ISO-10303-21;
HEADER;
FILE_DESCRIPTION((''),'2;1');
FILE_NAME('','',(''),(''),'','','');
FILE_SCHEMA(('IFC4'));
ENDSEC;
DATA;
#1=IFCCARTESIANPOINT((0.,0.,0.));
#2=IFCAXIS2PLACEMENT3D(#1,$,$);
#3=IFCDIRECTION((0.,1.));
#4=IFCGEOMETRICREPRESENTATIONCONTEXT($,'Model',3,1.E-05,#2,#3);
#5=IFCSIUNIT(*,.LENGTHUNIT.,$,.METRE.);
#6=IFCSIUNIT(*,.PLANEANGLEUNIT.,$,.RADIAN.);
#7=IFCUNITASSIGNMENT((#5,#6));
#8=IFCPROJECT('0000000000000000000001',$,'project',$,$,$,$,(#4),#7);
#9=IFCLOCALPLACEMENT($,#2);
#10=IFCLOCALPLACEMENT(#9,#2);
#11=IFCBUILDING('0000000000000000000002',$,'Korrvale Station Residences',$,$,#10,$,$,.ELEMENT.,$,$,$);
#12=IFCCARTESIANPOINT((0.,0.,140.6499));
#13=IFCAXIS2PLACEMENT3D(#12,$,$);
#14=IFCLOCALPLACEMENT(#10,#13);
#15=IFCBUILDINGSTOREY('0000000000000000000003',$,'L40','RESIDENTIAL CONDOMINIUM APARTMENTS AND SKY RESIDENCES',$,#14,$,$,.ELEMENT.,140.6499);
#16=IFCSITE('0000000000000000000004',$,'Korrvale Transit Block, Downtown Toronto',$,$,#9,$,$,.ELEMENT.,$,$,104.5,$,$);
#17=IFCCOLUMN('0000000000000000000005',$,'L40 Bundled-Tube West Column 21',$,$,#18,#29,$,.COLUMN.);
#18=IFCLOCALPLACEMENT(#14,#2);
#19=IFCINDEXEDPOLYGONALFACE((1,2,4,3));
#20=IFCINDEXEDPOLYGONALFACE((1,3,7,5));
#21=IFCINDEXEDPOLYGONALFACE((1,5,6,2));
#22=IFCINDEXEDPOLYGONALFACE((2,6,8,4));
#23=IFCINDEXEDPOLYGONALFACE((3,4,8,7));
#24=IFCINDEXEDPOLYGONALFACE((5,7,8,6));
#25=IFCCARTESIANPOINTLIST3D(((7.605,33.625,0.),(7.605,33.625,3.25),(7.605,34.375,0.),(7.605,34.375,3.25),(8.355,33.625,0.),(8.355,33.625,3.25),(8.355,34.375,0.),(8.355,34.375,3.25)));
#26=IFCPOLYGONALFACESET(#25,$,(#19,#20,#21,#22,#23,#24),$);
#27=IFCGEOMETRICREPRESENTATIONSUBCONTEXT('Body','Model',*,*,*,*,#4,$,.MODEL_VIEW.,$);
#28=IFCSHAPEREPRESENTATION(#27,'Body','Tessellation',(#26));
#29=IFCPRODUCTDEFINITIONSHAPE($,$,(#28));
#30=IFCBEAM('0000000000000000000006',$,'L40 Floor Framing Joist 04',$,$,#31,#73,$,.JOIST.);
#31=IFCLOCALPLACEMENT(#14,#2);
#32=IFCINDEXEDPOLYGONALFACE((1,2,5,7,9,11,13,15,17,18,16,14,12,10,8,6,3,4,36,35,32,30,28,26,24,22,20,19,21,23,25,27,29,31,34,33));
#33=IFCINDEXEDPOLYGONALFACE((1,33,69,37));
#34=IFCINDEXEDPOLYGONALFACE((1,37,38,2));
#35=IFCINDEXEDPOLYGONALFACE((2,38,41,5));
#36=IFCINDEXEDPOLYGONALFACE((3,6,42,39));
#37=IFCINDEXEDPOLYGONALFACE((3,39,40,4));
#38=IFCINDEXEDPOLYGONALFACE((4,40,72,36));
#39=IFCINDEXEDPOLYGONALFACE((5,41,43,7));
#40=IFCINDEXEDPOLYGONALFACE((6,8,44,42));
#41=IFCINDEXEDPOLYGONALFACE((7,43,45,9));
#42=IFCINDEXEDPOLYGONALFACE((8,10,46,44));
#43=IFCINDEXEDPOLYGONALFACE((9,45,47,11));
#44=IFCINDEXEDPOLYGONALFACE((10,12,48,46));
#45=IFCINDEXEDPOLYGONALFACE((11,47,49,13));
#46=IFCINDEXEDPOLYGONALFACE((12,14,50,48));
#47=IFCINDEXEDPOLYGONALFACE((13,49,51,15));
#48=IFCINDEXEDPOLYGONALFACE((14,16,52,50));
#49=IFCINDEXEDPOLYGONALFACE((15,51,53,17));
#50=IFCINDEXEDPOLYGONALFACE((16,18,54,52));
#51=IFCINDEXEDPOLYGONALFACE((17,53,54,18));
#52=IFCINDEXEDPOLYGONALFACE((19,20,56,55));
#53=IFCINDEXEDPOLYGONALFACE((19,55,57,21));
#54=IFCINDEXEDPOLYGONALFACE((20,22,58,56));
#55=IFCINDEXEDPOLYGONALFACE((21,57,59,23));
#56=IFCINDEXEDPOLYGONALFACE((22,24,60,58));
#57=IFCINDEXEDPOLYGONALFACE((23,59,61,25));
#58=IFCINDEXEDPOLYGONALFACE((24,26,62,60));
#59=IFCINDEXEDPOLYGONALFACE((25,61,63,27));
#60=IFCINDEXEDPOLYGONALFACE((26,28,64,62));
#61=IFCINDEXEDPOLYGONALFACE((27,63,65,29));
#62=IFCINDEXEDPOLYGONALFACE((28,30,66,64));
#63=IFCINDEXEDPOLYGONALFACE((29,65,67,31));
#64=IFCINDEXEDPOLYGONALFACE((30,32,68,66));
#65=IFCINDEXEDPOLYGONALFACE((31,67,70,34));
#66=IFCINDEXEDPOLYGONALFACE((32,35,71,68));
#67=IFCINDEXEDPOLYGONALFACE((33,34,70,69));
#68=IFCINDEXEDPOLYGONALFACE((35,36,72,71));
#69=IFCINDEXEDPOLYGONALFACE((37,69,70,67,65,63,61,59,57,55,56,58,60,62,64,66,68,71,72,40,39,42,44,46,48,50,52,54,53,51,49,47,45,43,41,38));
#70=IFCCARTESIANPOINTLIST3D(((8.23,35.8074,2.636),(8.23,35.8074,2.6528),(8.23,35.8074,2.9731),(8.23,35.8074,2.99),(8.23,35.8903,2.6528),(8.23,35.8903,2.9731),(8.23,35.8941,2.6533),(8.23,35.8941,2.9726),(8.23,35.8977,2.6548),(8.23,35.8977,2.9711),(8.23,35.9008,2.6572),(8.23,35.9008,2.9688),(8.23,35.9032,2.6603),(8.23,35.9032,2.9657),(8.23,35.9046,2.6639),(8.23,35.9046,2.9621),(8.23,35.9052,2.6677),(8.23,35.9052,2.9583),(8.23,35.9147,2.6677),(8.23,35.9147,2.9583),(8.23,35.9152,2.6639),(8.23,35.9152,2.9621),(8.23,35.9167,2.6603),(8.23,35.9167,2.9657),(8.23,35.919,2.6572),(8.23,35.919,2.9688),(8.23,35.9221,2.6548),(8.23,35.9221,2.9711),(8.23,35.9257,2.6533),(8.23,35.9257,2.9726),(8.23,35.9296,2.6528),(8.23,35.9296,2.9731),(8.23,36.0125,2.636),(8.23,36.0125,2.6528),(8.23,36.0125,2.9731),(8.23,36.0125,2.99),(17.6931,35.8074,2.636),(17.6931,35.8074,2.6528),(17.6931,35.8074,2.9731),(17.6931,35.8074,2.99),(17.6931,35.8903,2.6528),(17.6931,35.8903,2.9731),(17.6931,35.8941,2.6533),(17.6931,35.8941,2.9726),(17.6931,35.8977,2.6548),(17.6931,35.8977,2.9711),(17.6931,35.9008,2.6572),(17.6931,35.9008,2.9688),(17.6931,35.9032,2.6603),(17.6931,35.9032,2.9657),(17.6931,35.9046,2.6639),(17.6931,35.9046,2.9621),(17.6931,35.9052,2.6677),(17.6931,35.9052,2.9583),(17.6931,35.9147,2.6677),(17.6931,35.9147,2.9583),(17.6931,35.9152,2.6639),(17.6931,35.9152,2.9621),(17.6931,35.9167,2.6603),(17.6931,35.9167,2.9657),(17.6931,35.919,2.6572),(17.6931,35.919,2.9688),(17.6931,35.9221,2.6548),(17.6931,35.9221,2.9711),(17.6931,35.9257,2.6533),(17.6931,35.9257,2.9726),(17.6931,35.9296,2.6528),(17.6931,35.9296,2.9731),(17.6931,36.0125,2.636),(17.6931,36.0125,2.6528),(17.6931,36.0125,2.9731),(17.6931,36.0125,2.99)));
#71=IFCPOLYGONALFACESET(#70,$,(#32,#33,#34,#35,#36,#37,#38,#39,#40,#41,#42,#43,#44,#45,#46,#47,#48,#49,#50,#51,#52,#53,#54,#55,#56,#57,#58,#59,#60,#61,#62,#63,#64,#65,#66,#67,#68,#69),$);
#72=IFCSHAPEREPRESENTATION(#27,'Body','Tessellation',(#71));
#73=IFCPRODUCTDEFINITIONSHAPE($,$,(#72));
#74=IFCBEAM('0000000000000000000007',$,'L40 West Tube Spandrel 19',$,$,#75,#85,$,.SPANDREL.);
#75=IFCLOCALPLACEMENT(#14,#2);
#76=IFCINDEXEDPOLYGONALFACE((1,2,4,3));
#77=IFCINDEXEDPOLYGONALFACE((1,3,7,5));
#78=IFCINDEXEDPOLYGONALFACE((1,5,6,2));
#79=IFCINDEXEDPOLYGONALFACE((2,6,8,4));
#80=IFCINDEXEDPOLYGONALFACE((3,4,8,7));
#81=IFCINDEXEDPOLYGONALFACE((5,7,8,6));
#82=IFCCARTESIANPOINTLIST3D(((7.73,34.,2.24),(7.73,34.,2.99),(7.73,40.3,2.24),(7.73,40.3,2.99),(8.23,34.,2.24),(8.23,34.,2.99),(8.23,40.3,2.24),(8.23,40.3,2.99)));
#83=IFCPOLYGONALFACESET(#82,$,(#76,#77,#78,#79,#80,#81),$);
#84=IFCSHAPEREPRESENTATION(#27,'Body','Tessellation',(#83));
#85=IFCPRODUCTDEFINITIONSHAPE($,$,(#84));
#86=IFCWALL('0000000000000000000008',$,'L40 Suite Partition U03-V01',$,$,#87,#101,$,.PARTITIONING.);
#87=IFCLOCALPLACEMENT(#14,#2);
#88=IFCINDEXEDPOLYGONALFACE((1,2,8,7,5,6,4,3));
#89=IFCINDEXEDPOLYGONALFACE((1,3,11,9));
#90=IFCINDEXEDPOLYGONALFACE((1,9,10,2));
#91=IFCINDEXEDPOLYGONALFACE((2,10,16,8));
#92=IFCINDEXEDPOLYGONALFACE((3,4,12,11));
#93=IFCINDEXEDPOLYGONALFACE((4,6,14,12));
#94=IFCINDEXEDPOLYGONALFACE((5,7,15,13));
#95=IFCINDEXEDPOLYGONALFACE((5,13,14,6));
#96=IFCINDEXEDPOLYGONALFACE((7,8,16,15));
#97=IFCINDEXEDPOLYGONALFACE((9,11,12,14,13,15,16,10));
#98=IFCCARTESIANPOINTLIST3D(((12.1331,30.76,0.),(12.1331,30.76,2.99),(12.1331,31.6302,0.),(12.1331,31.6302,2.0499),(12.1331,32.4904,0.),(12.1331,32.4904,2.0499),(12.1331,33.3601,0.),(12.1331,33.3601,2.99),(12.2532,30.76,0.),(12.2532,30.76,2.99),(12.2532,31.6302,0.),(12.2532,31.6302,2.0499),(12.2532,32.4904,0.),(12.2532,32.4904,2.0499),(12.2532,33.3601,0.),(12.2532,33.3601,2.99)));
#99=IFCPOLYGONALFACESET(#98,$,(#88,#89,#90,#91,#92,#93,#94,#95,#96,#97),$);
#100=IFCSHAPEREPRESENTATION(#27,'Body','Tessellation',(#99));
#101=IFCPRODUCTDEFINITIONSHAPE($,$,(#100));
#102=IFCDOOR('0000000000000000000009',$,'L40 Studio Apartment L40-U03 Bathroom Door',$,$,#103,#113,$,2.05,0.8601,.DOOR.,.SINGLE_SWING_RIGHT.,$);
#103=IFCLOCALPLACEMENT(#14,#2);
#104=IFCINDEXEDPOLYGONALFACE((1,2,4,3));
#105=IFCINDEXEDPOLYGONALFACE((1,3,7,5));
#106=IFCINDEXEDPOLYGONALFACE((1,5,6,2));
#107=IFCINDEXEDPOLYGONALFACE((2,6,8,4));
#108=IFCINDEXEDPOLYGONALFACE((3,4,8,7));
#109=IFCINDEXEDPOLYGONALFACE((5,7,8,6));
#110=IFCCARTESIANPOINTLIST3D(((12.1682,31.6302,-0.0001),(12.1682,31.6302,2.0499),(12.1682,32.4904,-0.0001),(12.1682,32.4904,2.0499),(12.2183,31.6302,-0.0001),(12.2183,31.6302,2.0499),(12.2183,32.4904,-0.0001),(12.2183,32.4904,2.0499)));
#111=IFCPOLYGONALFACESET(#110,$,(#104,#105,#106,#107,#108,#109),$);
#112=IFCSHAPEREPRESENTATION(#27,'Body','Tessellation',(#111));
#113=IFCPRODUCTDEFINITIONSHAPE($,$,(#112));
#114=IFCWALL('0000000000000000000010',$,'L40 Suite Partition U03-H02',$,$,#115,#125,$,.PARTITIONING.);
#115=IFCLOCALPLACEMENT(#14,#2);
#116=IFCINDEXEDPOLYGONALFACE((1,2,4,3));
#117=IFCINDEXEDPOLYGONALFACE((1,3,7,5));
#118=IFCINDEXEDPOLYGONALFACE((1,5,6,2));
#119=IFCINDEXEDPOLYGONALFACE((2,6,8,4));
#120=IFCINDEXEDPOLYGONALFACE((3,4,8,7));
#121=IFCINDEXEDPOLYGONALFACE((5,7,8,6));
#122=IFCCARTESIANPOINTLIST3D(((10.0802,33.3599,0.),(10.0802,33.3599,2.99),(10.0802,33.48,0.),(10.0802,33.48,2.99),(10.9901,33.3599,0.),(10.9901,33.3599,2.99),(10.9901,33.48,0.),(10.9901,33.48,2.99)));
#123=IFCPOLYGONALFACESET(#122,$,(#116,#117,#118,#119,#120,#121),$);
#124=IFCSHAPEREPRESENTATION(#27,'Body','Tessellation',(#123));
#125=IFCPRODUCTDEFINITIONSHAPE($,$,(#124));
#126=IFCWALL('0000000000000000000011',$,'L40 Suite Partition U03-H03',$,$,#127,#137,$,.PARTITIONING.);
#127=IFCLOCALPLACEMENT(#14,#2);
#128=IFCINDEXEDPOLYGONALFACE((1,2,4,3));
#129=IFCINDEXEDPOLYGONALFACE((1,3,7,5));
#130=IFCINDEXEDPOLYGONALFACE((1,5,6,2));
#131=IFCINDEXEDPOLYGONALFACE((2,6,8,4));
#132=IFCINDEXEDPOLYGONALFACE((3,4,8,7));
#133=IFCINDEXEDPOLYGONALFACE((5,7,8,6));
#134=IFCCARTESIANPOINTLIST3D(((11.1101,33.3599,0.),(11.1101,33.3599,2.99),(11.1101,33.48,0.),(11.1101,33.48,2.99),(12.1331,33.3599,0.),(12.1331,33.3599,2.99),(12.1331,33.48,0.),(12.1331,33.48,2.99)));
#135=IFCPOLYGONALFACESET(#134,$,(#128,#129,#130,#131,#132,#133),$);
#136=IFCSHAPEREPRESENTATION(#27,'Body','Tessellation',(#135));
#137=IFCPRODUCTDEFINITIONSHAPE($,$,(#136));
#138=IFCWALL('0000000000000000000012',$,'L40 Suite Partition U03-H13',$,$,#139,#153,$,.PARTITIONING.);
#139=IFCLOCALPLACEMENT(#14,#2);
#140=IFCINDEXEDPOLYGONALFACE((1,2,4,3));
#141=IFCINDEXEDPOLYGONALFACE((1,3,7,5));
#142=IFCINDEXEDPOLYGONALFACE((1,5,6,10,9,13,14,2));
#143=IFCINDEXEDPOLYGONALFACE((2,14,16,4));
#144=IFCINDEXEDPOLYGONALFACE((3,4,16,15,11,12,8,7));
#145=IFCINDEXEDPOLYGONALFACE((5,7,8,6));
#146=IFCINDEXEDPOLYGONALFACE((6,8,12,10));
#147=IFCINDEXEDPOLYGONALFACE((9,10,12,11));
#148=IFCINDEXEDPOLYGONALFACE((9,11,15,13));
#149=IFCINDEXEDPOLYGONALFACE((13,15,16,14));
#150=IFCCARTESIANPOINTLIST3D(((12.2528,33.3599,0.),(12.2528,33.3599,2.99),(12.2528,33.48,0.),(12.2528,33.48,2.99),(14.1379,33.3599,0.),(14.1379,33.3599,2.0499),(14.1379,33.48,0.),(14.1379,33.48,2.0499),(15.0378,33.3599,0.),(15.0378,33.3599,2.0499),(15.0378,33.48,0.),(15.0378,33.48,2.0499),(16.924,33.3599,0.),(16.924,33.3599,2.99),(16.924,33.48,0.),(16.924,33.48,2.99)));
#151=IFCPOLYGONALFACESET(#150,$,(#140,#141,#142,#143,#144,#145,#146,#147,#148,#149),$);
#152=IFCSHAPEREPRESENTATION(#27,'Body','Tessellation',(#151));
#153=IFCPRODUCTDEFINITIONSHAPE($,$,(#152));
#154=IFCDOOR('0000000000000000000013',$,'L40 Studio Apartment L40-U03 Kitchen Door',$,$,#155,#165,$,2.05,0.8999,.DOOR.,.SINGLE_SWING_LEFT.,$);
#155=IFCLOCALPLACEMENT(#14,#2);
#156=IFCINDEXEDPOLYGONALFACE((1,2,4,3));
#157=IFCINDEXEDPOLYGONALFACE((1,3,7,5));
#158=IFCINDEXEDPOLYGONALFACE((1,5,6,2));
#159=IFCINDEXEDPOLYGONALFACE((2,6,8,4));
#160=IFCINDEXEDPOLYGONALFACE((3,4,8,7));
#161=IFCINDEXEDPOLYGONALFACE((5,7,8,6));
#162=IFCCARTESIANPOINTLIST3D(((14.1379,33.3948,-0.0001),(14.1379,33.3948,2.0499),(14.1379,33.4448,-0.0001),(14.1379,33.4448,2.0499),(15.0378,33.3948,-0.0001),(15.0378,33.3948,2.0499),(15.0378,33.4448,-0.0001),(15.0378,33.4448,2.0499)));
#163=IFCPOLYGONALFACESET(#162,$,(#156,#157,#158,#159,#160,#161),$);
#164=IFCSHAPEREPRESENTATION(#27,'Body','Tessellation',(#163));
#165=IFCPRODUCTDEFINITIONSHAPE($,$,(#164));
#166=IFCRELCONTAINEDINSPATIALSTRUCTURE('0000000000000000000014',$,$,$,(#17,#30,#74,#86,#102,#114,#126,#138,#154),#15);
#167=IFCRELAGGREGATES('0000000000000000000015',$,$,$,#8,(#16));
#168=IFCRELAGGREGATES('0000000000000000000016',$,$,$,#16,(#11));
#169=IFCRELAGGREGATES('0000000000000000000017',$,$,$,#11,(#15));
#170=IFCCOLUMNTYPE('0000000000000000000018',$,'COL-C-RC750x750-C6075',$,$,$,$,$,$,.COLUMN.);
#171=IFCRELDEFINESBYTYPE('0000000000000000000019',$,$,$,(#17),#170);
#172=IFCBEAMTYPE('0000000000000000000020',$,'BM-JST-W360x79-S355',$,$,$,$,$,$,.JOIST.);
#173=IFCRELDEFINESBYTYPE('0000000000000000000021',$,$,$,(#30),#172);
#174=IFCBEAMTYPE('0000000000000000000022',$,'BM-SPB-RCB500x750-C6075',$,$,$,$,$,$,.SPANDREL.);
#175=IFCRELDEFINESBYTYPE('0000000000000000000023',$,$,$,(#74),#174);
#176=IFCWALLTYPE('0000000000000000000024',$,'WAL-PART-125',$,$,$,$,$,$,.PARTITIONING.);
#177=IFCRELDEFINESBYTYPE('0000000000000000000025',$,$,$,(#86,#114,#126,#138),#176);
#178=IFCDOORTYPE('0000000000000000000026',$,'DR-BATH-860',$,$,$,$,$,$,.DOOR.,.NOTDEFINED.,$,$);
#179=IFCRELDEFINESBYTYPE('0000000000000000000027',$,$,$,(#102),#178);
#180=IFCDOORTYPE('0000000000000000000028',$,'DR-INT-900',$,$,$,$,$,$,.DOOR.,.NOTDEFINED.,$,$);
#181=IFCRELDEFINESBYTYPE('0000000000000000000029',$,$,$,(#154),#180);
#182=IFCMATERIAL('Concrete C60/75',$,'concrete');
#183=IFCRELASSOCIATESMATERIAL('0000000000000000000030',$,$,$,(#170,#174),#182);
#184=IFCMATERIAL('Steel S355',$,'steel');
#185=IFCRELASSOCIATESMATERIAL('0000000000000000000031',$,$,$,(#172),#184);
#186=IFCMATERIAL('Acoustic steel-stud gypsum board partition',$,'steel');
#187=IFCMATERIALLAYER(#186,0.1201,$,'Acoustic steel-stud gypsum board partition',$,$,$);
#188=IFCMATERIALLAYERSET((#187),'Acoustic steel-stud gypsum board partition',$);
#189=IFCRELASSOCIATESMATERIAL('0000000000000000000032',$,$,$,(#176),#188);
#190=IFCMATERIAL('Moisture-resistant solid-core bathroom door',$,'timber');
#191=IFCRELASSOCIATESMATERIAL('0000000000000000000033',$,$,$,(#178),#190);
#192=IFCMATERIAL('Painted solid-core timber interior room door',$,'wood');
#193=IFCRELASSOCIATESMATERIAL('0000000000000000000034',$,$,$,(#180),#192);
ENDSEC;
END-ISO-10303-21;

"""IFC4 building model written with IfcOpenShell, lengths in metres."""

from ifc_helpers import new_model, si_unit, direction, frame, frame_2d, origin, origin_2d, place, context, subcontext, project, spatial, rectangle, i_section, extrude, material, layer, layer_set, material_profile, profile_set, type_object, element, fill, save


model = new_model("IFC4")

# Units and contexts
model_context = context("Model", 3, precision=1e-05, world=origin(), true_north=direction((0.0, 1.0)))
body_context = subcontext(model_context, "Body", "Model", "MODEL_VIEW")
ifc_project = project(units=[si_unit("LENGTHUNIT", "METRE"), si_unit("PLANEANGLEUNIT", "RADIAN")], contexts=[model_context])

# Site, building, storey
site_placement = place(None, origin())
site = spatial("IfcSite", under=ifc_project, at=site_placement, Name="Korrvale Transit Block, Downtown Toronto", CompositionType="ELEMENT", RefElevation=104.5)
building_placement = place(site_placement, origin())
building = spatial("IfcBuilding", under=site, at=building_placement, Name="Korrvale Station Residences", CompositionType="ELEMENT")
storey_placement = place(building_placement, frame((0.0, 0.0, 140.6499)))
storey = spatial("IfcBuildingStorey", under=building, at=storey_placement, Name="L40", Description="RESIDENTIAL CONDOMINIUM APARTMENTS AND SKY RESIDENCES", CompositionType="ELEMENT", Elevation=140.6499)

# Column
ifc_material_1 = material(Name="Concrete C60/75", Category="concrete")
ifc_material_profile_1 = material_profile(ifc_material_1, rectangle(XDim=0.75, YDim=0.75, at=origin_2d()), Name="RC750x750")
ifc_profile_set_1 = profile_set([ifc_material_profile_1], Name="Concrete C60/75")
column_type = type_object("IfcColumnType", Name="COL-C-RC750x750-C6075", PredefinedType="COLUMN", material=ifc_profile_set_1)
column_placement = place(storey_placement, frame((7.98, 34.0, 0.0), z_axis=(0.0, 0.0, 1.0), x_axis=(1.0, 0.0, 0.0)))
element("IfcColumn", 1, at=column_placement, inside=storey, type_object=column_type, Name="L40 Bundled-Tube West Column 21", PredefinedType="COLUMN", context=body_context, shape_type="SweptSolid", body=[
    extrude(rectangle(XDim=0.75, YDim=0.75, at=origin_2d()), origin(), (0.0, 0.0, 1.0), 3.25),
])

# Beams
ifc_material_2 = material(Name="Steel S355", Category="steel")
ifc_material_profile_2 = material_profile(ifc_material_2, i_section(OverallWidth=0.2051, OverallDepth=0.354, WebThickness=0.0095, FlangeThickness=0.0168, FilletRadius=0.0149, at=origin_2d()), Name="W360x79")
ifc_profile_set_2 = profile_set([ifc_material_profile_2], Name="Steel S355")
beam_type_1 = type_object("IfcBeamType", Name="BM-JST-W360x79-S355", PredefinedType="JOIST", material=ifc_profile_set_2)
beam_1_placement = place(storey_placement, frame((8.23, 35.9099, 2.813), z_axis=(1.0, 0.0, 0.0), x_axis=(0.0, 1.0, 0.0)))
element("IfcBeam", 2, at=beam_1_placement, inside=storey, type_object=beam_type_1, Name="L40 Floor Framing Joist 04", PredefinedType="JOIST", context=body_context, shape_type="SweptSolid", body=[
    extrude(i_section(OverallWidth=0.2051, OverallDepth=0.354, WebThickness=0.0095, FlangeThickness=0.0168, FilletRadius=0.0149, at=origin_2d()), origin(), (0.0, 0.0, 1.0), 9.4631),
])
ifc_material_profile_3 = material_profile(ifc_material_1, rectangle(XDim=0.5, YDim=0.75, at=origin_2d()), Name="RCB500x750")
ifc_profile_set_3 = profile_set([ifc_material_profile_3], Name="Concrete C60/75")
beam_type_2 = type_object("IfcBeamType", Name="BM-SPB-RCB500x750-C6075", PredefinedType="SPANDREL", material=ifc_profile_set_3)
beam_2_placement = place(storey_placement, frame((7.98, 34.0, 2.615), z_axis=(0.0, 1.0, 0.0), x_axis=(-1.0, 0.0, 0.0)))
element("IfcBeam", 3, at=beam_2_placement, inside=storey, type_object=beam_type_2, Name="L40 West Tube Spandrel 19", PredefinedType="SPANDREL", context=body_context, shape_type="SweptSolid", body=[
    extrude(rectangle(XDim=0.5, YDim=0.75, at=origin_2d()), origin(), (0.0, 0.0, 1.0), 6.3),
])

# Wall, opening, door
ifc_material_3 = material(Name="Acoustic steel-stud gypsum board partition", Category="steel")
ifc_layer_1 = layer(ifc_material_3, 0.1201, Name="Acoustic steel-stud gypsum board partition")
ifc_layer_set_1 = layer_set([ifc_layer_1], Name="Acoustic steel-stud gypsum board partition")
wall_type_1 = type_object("IfcWallType", Name="WAL-PART-125", PredefinedType="PARTITIONING", material=ifc_layer_set_1)
wall_1_placement = place(storey_placement, frame((12.1931, 30.76, 0.0), z_axis=(0.0, 0.0, 1.0), x_axis=(0.0, 1.0, 0.0)))
wall_1 = element("IfcWall", 4, at=wall_1_placement, inside=storey, type_object=wall_type_1, Name="L40 Suite Partition U03-V01", PredefinedType="PARTITIONING", context=body_context, shape_type="SweptSolid", body=[
    extrude(rectangle(XDim=2.6001, YDim=0.1201, at=frame_2d((1.3, 0.0))), origin(), (0.0, 0.0, 1.0), 2.99),
])
opening_1_placement = place(wall_1_placement, frame((0.8701, 0.0, 0.0)))
opening_1 = element("IfcOpeningElement", 5, at=opening_1_placement, cuts=wall_1, PredefinedType="OPENING", context=body_context, shape_type="SweptSolid", body=[
    extrude(rectangle(XDim=0.8601, YDim=2.05, at=frame_2d((0.4302, 1.0249))), frame((0.0, 0.0701, 0.0), z_axis=(0.0, -1.0, 0.0), x_axis=(1.0, 0.0, 0.0)), (0.0, 0.0, 1.0), 0.1401),
])
ifc_material_4 = material(Name="Moisture-resistant solid-core bathroom door", Category="timber")
door_type_1 = type_object("IfcDoorType", Name="DR-BATH-860", OperationType="NOTDEFINED", PredefinedType="DOOR", material=ifc_material_4)
door_1_placement = place(opening_1_placement, origin())
door_1 = element("IfcDoor", 6, at=door_1_placement, inside=storey, type_object=door_type_1, Name="L40 Studio Apartment L40-U03 Bathroom Door", OperationType="SINGLE_SWING_RIGHT", OverallHeight=2.05, OverallWidth=0.8601, PredefinedType="DOOR", context=body_context, shape_type="SweptSolid", body=[
    extrude(rectangle(XDim=0.8601, YDim=2.05, at=frame_2d((0.4302, 1.0249))), frame((0.0, 0.0249, 0.0), z_axis=(0.0, -1.0, 0.0), x_axis=(1.0, 0.0, 0.0)), (0.0, 0.0, 1.0), 0.05),
])
fill(opening_1, door_1)

# Walls
wall_2_placement = place(storey_placement, frame((10.0801, 33.4199, 0.0), z_axis=(0.0, 0.0, 1.0), x_axis=(1.0, 0.0, 0.0)))
element("IfcWall", 7, at=wall_2_placement, inside=storey, type_object=wall_type_1, Name="L40 Suite Partition U03-H02", PredefinedType="PARTITIONING", context=body_context, shape_type="SweptSolid", body=[
    extrude(rectangle(XDim=0.9099, YDim=0.1201, at=frame_2d((0.4551, 0.0))), origin(), (0.0, 0.0, 1.0), 2.99),
])
wall_3_placement = place(storey_placement, frame((11.1101, 33.4199, 0.0), z_axis=(0.0, 0.0, 1.0), x_axis=(1.0, 0.0, 0.0)))
element("IfcWall", 8, at=wall_3_placement, inside=storey, type_object=wall_type_1, Name="L40 Suite Partition U03-H03", PredefinedType="PARTITIONING", context=body_context, shape_type="SweptSolid", body=[
    extrude(rectangle(XDim=1.0229, YDim=0.1201, at=frame_2d((0.5115, 0.0))), origin(), (0.0, 0.0, 1.0), 2.99),
])

# Wall, opening, door
wall_4_placement = place(storey_placement, frame((12.2529, 33.4199, 0.0), z_axis=(0.0, 0.0, 1.0), x_axis=(1.0, 0.0, 0.0)))
wall_4 = element("IfcWall", 9, at=wall_4_placement, inside=storey, type_object=wall_type_1, Name="L40 Suite Partition U03-H13", PredefinedType="PARTITIONING", context=body_context, shape_type="SweptSolid", body=[
    extrude(rectangle(XDim=4.6711, YDim=0.1201, at=frame_2d((2.3354, 0.0))), origin(), (0.0, 0.0, 1.0), 2.99),
])
opening_2_placement = place(wall_4_placement, frame((1.885, 0.0, 0.0)))
opening_2 = element("IfcOpeningElement", 10, at=opening_2_placement, cuts=wall_4, PredefinedType="OPENING", context=body_context, shape_type="SweptSolid", body=[
    extrude(rectangle(XDim=0.8999, YDim=2.05, at=frame_2d((0.45, 1.0249))), frame((0.0, 0.0701, 0.0), z_axis=(0.0, -1.0, 0.0), x_axis=(1.0, 0.0, 0.0)), (0.0, 0.0, 1.0), 0.1401),
])
ifc_material_5 = material(Name="Painted solid-core timber interior room door", Category="wood")
door_type_2 = type_object("IfcDoorType", Name="DR-INT-900", OperationType="NOTDEFINED", PredefinedType="DOOR", material=ifc_material_5)
door_2_placement = place(opening_2_placement, origin())
door_2 = element("IfcDoor", 11, at=door_2_placement, inside=storey, type_object=door_type_2, Name="L40 Studio Apartment L40-U03 Kitchen Door", OperationType="SINGLE_SWING_LEFT", OverallHeight=2.05, OverallWidth=0.8999, PredefinedType="DOOR", context=body_context, shape_type="SweptSolid", body=[
    extrude(rectangle(XDim=0.8999, YDim=2.05, at=frame_2d((0.45, 1.0249))), frame((0.0, 0.0249, 0.0), z_axis=(0.0, -1.0, 0.0), x_axis=(1.0, 0.0, 0.0)), (0.0, 0.0, 1.0), 0.05),
])
fill(opening_2, door_2)

save(model, "model.ifc")
